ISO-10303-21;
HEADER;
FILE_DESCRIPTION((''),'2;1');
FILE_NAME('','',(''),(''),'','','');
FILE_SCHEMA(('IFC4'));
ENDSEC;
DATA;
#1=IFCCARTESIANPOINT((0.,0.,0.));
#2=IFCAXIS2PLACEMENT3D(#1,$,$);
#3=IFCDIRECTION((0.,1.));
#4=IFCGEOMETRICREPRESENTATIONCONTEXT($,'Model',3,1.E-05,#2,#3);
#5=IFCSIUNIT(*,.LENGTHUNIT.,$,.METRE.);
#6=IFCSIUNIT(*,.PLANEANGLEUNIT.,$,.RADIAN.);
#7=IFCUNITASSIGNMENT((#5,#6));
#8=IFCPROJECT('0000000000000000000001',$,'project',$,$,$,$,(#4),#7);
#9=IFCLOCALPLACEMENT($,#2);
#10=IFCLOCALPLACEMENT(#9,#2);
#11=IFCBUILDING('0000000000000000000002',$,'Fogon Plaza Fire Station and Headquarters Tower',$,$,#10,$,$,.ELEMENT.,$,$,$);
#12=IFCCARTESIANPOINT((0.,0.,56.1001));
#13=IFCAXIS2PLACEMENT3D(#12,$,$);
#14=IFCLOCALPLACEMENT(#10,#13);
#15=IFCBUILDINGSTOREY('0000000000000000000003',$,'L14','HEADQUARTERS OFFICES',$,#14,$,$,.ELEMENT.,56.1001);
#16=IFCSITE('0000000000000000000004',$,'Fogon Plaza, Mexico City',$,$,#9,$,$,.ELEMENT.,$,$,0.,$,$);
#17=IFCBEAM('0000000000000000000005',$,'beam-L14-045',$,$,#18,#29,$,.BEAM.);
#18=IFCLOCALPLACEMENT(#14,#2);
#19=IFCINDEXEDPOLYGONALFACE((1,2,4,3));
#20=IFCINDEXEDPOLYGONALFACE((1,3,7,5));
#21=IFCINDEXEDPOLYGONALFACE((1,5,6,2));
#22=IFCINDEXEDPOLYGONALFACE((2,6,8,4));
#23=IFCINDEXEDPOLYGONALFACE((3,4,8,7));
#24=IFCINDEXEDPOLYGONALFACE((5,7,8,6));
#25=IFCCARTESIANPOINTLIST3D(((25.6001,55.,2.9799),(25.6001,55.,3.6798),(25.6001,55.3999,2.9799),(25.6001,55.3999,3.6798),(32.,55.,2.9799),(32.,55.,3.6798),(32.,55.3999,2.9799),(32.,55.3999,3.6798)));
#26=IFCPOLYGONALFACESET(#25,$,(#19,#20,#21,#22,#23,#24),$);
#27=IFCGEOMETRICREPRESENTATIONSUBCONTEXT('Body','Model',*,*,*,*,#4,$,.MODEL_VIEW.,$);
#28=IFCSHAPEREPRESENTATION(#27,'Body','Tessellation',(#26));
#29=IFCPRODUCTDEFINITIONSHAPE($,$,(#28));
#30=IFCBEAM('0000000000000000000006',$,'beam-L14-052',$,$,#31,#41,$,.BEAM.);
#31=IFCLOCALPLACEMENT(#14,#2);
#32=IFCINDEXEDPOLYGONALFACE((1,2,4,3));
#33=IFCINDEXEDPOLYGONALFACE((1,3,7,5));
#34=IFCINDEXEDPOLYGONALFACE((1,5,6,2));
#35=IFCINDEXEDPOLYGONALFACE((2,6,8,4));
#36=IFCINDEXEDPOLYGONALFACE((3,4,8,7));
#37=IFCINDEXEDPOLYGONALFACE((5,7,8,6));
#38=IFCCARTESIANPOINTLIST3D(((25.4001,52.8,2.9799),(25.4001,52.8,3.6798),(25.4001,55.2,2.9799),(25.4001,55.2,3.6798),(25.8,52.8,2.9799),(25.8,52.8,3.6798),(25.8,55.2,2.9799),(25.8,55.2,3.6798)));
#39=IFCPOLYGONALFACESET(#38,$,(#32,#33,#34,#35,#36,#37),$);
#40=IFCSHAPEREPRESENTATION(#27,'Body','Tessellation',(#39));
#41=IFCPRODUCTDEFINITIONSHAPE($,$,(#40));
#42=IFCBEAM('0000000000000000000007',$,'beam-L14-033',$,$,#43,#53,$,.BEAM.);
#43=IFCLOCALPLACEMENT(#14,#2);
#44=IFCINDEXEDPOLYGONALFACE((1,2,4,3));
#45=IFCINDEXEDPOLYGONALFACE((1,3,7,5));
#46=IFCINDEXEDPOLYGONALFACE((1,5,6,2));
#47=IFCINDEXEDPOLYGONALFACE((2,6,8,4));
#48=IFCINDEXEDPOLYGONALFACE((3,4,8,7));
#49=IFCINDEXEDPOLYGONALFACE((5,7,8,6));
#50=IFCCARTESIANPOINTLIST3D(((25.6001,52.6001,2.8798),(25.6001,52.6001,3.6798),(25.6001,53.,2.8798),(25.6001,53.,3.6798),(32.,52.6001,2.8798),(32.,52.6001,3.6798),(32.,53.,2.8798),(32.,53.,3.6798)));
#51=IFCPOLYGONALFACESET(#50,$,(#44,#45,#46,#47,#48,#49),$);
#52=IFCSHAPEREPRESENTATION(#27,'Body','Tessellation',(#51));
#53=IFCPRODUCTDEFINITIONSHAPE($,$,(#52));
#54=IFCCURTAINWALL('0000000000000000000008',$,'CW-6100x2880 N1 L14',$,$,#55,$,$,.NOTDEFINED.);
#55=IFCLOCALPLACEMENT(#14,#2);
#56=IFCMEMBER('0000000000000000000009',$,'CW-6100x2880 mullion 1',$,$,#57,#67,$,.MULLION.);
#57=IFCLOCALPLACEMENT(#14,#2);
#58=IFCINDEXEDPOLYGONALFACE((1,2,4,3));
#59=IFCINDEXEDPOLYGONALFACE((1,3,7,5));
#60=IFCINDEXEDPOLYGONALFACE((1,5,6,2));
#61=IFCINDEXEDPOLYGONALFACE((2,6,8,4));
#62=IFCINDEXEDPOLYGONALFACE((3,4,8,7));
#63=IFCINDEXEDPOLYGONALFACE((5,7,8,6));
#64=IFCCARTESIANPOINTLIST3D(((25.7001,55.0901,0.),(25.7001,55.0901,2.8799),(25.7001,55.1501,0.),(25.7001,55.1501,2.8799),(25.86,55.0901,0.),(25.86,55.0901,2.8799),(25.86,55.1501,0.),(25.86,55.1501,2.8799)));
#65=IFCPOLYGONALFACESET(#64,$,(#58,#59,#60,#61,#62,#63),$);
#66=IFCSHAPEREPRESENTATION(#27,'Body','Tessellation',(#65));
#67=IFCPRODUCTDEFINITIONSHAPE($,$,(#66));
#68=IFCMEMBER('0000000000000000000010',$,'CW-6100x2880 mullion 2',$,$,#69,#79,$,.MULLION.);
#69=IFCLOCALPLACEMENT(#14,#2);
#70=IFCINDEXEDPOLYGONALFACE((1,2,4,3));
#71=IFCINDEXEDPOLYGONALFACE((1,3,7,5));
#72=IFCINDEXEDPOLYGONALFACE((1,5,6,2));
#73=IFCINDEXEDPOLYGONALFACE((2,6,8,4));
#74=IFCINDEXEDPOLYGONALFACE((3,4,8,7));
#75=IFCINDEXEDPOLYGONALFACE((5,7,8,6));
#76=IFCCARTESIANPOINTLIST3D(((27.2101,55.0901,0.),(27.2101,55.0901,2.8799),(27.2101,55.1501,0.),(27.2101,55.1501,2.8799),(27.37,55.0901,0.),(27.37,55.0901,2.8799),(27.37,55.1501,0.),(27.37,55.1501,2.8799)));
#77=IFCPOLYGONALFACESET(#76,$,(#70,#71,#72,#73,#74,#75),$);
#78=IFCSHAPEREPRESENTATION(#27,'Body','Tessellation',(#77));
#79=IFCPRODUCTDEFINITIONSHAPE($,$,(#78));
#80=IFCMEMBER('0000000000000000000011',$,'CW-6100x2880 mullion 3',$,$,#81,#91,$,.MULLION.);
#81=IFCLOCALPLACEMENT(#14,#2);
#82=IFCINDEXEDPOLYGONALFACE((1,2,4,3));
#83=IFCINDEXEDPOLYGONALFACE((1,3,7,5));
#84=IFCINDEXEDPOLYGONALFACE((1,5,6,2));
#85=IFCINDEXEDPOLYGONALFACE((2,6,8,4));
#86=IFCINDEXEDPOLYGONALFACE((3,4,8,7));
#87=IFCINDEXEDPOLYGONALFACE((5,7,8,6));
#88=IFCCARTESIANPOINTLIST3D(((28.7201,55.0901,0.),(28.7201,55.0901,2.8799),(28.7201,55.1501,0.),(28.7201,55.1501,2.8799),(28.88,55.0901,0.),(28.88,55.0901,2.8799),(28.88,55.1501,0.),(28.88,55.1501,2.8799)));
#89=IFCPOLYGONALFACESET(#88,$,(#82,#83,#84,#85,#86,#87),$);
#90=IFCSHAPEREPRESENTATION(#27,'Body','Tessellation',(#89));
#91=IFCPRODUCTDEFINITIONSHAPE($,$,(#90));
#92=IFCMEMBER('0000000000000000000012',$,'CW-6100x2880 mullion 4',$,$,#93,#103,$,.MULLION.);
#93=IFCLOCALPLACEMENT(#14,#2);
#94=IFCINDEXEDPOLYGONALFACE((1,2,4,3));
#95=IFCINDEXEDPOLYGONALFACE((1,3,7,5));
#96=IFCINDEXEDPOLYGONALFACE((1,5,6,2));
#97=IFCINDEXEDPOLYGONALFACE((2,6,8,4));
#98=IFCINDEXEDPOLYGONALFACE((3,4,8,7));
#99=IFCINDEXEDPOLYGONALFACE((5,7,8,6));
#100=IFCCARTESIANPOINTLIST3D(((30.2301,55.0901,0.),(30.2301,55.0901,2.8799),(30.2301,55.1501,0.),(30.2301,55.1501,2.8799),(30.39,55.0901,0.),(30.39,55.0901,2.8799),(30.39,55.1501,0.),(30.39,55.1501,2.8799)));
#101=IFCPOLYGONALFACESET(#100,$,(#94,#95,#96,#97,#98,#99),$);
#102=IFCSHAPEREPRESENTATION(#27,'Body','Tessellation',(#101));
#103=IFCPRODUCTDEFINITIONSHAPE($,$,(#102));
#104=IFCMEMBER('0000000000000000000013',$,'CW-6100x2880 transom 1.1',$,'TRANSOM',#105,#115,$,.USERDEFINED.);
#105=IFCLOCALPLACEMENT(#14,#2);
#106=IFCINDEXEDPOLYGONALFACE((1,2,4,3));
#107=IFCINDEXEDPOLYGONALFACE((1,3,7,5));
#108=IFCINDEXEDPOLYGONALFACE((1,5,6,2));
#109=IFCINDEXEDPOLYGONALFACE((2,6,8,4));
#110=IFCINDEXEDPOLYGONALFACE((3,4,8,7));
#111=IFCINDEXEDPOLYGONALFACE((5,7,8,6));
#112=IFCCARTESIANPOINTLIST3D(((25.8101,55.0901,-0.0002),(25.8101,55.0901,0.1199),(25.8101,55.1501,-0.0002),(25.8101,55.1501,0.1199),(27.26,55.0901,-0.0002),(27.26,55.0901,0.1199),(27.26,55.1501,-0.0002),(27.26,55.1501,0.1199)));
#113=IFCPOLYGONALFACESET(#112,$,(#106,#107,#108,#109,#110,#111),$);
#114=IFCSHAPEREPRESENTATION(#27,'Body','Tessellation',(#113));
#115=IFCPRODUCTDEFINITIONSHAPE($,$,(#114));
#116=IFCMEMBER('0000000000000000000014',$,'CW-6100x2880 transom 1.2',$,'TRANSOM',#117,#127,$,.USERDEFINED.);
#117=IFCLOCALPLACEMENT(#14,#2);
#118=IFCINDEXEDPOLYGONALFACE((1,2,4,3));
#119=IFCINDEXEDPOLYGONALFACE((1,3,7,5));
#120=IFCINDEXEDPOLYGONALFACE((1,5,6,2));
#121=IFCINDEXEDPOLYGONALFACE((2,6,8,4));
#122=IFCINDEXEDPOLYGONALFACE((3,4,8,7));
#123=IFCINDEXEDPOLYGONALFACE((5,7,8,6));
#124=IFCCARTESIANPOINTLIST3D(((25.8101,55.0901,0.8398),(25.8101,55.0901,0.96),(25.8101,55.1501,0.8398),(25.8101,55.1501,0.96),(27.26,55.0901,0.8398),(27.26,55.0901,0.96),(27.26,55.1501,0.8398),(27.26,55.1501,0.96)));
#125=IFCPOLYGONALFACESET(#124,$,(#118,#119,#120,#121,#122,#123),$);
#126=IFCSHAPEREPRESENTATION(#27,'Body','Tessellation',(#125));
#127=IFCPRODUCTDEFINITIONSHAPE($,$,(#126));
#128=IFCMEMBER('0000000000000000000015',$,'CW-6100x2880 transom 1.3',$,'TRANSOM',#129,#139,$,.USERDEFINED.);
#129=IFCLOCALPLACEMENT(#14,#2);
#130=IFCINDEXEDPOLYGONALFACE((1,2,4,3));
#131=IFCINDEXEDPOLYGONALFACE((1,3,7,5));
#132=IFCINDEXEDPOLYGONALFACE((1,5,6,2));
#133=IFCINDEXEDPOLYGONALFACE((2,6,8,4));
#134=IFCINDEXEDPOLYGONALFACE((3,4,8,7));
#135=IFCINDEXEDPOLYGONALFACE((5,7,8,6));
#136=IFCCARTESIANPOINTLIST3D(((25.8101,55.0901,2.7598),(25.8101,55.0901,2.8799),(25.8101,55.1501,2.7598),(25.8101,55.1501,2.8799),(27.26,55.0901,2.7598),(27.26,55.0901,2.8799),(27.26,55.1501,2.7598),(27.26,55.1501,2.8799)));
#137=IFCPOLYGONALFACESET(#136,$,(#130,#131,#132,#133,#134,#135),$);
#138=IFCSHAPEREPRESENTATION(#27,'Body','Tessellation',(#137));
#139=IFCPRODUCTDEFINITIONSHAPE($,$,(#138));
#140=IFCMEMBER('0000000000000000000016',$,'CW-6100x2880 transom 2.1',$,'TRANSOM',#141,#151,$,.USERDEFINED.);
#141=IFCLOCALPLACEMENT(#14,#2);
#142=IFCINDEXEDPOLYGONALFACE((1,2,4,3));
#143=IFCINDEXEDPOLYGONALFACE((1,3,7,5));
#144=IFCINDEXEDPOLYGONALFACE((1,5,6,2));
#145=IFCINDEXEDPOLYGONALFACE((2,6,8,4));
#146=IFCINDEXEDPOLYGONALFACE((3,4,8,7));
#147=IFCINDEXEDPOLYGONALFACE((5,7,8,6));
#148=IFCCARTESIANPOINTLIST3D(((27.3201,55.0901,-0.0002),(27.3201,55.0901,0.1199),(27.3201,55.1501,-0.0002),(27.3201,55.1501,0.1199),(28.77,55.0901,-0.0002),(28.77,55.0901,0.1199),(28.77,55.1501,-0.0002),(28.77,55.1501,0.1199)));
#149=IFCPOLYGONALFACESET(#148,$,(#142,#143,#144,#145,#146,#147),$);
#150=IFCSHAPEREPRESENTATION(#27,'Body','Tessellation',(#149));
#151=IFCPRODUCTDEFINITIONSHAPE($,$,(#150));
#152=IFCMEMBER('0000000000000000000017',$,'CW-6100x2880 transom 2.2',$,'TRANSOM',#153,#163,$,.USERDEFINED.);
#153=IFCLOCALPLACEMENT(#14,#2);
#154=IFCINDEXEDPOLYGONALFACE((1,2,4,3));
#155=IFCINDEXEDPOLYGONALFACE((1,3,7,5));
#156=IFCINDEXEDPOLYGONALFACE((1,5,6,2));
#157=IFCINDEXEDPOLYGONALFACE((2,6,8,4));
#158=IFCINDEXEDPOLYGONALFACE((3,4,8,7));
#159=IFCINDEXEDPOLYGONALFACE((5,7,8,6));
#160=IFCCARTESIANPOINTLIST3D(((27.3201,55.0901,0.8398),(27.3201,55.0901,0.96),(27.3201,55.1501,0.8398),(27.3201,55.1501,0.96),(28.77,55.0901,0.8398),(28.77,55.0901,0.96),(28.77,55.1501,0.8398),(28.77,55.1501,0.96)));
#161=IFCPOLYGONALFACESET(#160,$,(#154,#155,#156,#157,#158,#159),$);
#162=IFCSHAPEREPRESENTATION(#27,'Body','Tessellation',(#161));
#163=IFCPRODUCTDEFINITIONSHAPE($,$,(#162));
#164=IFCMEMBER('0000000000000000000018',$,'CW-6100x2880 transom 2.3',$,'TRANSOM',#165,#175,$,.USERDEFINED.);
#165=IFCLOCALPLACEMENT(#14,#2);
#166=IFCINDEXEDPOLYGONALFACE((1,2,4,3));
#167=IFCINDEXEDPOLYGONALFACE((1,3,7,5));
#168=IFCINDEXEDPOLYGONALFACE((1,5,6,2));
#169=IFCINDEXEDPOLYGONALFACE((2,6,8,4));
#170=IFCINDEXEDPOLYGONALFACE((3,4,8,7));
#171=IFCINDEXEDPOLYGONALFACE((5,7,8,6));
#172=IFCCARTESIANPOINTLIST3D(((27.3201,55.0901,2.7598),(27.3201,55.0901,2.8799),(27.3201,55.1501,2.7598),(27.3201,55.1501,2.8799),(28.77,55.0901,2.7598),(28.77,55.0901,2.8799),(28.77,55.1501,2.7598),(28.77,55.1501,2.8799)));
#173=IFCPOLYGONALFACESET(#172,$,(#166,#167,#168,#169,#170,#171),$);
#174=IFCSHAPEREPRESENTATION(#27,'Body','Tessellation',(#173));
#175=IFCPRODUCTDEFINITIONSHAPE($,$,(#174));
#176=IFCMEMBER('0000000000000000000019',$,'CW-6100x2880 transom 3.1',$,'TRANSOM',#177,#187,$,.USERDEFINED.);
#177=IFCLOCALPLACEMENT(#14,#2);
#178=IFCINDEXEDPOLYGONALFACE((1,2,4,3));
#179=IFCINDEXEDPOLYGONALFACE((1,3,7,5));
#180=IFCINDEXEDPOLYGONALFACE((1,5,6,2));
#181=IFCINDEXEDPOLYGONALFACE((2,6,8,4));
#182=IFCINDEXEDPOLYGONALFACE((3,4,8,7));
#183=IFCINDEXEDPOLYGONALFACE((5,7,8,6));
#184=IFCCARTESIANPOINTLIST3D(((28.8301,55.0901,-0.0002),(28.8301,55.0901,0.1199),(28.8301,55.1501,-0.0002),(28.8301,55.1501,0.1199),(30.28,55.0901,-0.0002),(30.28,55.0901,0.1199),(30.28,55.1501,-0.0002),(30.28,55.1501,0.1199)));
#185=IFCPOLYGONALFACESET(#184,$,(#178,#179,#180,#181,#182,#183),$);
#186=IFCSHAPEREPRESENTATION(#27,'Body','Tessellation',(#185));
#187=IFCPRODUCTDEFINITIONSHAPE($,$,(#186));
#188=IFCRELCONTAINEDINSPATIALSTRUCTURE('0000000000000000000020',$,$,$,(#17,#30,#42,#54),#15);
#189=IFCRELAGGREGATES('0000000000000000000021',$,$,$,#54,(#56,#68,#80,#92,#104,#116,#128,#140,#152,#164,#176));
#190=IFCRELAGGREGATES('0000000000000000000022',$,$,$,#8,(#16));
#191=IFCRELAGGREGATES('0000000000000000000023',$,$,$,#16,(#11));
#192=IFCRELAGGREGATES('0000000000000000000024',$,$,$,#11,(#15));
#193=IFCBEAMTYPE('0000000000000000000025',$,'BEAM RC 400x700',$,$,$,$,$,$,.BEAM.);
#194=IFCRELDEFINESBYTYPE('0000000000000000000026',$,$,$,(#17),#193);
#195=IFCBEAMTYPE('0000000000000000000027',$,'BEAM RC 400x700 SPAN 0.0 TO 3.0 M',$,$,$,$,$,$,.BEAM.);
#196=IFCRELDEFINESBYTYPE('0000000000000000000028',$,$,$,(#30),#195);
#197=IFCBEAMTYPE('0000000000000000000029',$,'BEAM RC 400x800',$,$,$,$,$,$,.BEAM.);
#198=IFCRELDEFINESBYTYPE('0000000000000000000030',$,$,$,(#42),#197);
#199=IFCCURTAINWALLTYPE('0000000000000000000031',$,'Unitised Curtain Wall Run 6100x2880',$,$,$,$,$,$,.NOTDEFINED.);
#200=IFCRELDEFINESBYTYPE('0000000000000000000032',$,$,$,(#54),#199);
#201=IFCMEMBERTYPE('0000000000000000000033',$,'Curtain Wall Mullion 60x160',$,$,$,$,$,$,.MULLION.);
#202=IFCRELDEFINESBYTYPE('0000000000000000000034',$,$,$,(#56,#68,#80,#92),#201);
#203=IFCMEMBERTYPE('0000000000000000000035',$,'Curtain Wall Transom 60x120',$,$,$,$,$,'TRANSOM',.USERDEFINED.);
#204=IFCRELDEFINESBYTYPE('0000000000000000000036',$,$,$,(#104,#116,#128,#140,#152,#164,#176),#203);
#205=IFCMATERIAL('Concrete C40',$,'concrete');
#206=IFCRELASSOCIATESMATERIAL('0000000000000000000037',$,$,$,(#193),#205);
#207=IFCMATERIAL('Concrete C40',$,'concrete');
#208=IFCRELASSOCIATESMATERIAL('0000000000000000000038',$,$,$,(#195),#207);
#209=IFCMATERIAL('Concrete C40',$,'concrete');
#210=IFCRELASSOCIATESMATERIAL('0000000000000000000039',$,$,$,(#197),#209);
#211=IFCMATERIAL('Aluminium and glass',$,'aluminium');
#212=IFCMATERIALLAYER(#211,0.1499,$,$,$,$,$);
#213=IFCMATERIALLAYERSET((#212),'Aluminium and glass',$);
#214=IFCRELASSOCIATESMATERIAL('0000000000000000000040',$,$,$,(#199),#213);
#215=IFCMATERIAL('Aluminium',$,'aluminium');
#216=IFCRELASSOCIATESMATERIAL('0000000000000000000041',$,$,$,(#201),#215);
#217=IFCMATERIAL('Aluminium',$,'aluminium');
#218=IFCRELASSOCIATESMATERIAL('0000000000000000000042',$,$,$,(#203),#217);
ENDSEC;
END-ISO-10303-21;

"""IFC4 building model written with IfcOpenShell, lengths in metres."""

from ifc_helpers import new_model, si_unit, direction, frame, origin, origin_2d, place, context, subcontext, project, spatial, rectangle, extrude, material, layer, layer_set, material_profile, profile_set, type_object, element, aggregate, save


model = new_model("IFC4")

# Units and contexts
model_context = context("Model", 3, precision=1e-05, world=origin(), true_north=direction((0.0, 1.0)))
body_context = subcontext(model_context, "Body", "Model", "MODEL_VIEW")
ifc_project = project(units=[si_unit("LENGTHUNIT", "METRE"), si_unit("PLANEANGLEUNIT", "RADIAN")], contexts=[model_context])

# Site, building, storey
site_placement = place(None, origin())
site = spatial("IfcSite", under=ifc_project, at=site_placement, Name="Fogon Plaza, Mexico City", CompositionType="ELEMENT", RefElevation=0.0)
building_placement = place(site_placement, origin())
building = spatial("IfcBuilding", under=site, at=building_placement, Name="Fogon Plaza Fire Station and Headquarters Tower", CompositionType="ELEMENT")
storey_placement = place(building_placement, frame((0.0, 0.0, 56.1001)))
storey = spatial("IfcBuildingStorey", under=building, at=storey_placement, Name="L14", Description="HEADQUARTERS OFFICES", CompositionType="ELEMENT", Elevation=56.1001)

# Beams
ifc_material_1 = material(Name="Concrete C40", Category="concrete")
ifc_material_profile_1 = material_profile(ifc_material_1, rectangle(XDim=0.3999, YDim=0.7, at=origin_2d()), Name="RC 400x700")
ifc_profile_set_1 = profile_set([ifc_material_profile_1], Name="Concrete C40")
beam_type_1 = type_object("IfcBeamType", Name="BEAM RC 400x700", PredefinedType="BEAM", material=ifc_profile_set_1)
beam_1_placement = place(storey_placement, frame((25.6001, 55.2, 3.3298), z_axis=(1.0, 0.0, 0.0), x_axis=(0.0, 1.0, 0.0)))
element("IfcBeam", 1, at=beam_1_placement, inside=storey, type_object=beam_type_1, Name="beam-L14-045", PredefinedType="BEAM", context=body_context, shape_type="SweptSolid", body=[
    extrude(rectangle(XDim=0.3999, YDim=0.7, at=origin_2d()), origin(), (0.0, 0.0, 1.0), 6.3999),
])
ifc_material_2 = material(Name="Concrete C40", Category="concrete")
ifc_material_profile_2 = material_profile(ifc_material_2, rectangle(XDim=0.3999, YDim=0.7, at=origin_2d()), Name="RC 400x700")
ifc_profile_set_2 = profile_set([ifc_material_profile_2], Name="Concrete C40")
beam_type_2 = type_object("IfcBeamType", Name="BEAM RC 400x700 SPAN 0.0 TO 3.0 M", PredefinedType="BEAM", material=ifc_profile_set_2)
beam_2_placement = place(storey_placement, frame((25.6001, 52.8, 3.3298), z_axis=(0.0, 1.0, 0.0), x_axis=(-1.0, 0.0, 0.0)))
element("IfcBeam", 2, at=beam_2_placement, inside=storey, type_object=beam_type_2, Name="beam-L14-052", PredefinedType="BEAM", context=body_context, shape_type="SweptSolid", body=[
    extrude(rectangle(XDim=0.3999, YDim=0.7, at=origin_2d()), origin(), (0.0, 0.0, 1.0), 2.3999),
])
ifc_material_3 = material(Name="Concrete C40", Category="concrete")
ifc_material_profile_3 = material_profile(ifc_material_3, rectangle(XDim=0.3999, YDim=0.8, at=origin_2d()), Name="RC 400x800")
ifc_profile_set_3 = profile_set([ifc_material_profile_3], Name="Concrete C40")
beam_type_3 = type_object("IfcBeamType", Name="BEAM RC 400x800", PredefinedType="BEAM", material=ifc_profile_set_3)
beam_3_placement = place(storey_placement, frame((25.6001, 52.8, 3.2798), z_axis=(1.0, 0.0, 0.0), x_axis=(0.0, 1.0, 0.0)))
element("IfcBeam", 3, at=beam_3_placement, inside=storey, type_object=beam_type_3, Name="beam-L14-033", PredefinedType="BEAM", context=body_context, shape_type="SweptSolid", body=[
    extrude(rectangle(XDim=0.3999, YDim=0.8, at=origin_2d()), origin(), (0.0, 0.0, 1.0), 6.3999),
])

# Curtain wall, members
ifc_material_4 = material(Name="Aluminium and glass", Category="aluminium")
ifc_layer_1 = layer(ifc_material_4, 0.1499)
ifc_layer_set_1 = layer_set([ifc_layer_1], Name="Aluminium and glass")
curtain_wall_type = type_object("IfcCurtainWallType", Name="Unitised Curtain Wall Run 6100x2880", PredefinedType="NOTDEFINED", material=ifc_layer_set_1)
curtain_wall_placement = place(storey_placement, origin())
curtain_wall = element("IfcCurtainWall", 4, at=curtain_wall_placement, inside=storey, type_object=curtain_wall_type, Name="CW-6100x2880 N1 L14", PredefinedType="NOTDEFINED")
ifc_material_5 = material(Name="Aluminium", Category="aluminium")
ifc_material_profile_4 = material_profile(ifc_material_5, rectangle(XDim=0.0601, YDim=0.1599, at=origin_2d()), Name="Curtain Wall Mullion 60x160")
ifc_profile_set_4 = profile_set([ifc_material_profile_4], Name="Aluminium")
member_type_1 = type_object("IfcMemberType", Name="Curtain Wall Mullion 60x160", PredefinedType="MULLION", material=ifc_profile_set_4)
member_1_placement = place(storey_placement, frame((25.78, 55.1201, 0.0), z_axis=(0.0, 0.0, 1.0), x_axis=(0.0, 1.0, 0.0)))
member_1 = element("IfcMember", 5, at=member_1_placement, type_object=member_type_1, Name="CW-6100x2880 mullion 1", PredefinedType="MULLION", context=body_context, shape_type="SweptSolid", body=[
    extrude(rectangle(XDim=0.0601, YDim=0.1599, at=origin_2d()), origin(), (0.0, 0.0, 1.0), 2.8799),
])
member_2_placement = place(storey_placement, frame((27.29, 55.1201, 0.0), z_axis=(0.0, 0.0, 1.0), x_axis=(0.0, 1.0, 0.0)))
member_2 = element("IfcMember", 6, at=member_2_placement, type_object=member_type_1, Name="CW-6100x2880 mullion 2", PredefinedType="MULLION", context=body_context, shape_type="SweptSolid", body=[
    extrude(rectangle(XDim=0.0601, YDim=0.1599, at=origin_2d()), origin(), (0.0, 0.0, 1.0), 2.8799),
])
member_3_placement = place(storey_placement, frame((28.8, 55.1201, 0.0), z_axis=(0.0, 0.0, 1.0), x_axis=(0.0, 1.0, 0.0)))
member_3 = element("IfcMember", 7, at=member_3_placement, type_object=member_type_1, Name="CW-6100x2880 mullion 3", PredefinedType="MULLION", context=body_context, shape_type="SweptSolid", body=[
    extrude(rectangle(XDim=0.0601, YDim=0.1599, at=origin_2d()), origin(), (0.0, 0.0, 1.0), 2.8799),
])
member_4_placement = place(storey_placement, frame((30.3101, 55.1201, 0.0), z_axis=(0.0, 0.0, 1.0), x_axis=(0.0, 1.0, 0.0)))
member_4 = element("IfcMember", 8, at=member_4_placement, type_object=member_type_1, Name="CW-6100x2880 mullion 4", PredefinedType="MULLION", context=body_context, shape_type="SweptSolid", body=[
    extrude(rectangle(XDim=0.0601, YDim=0.1599, at=origin_2d()), origin(), (0.0, 0.0, 1.0), 2.8799),
])
ifc_material_6 = material(Name="Aluminium", Category="aluminium")
ifc_material_profile_5 = material_profile(ifc_material_6, rectangle(XDim=0.0601, YDim=0.1201, at=origin_2d()), Name="Curtain Wall Transom 60x120")
ifc_profile_set_5 = profile_set([ifc_material_profile_5], Name="Aluminium")
member_type_2 = type_object("IfcMemberType", Name="Curtain Wall Transom 60x120", ElementType="TRANSOM", PredefinedType="USERDEFINED", material=ifc_profile_set_5)
member_5_placement = place(storey_placement, frame((25.8101, 55.1201, 0.0598), z_axis=(1.0, 0.0, 0.0), x_axis=(0.0, 1.0, 0.0)))
member_5 = element("IfcMember", 9, at=member_5_placement, type_object=member_type_2, Name="CW-6100x2880 transom 1.1", ObjectType="TRANSOM", PredefinedType="USERDEFINED", context=body_context, shape_type="SweptSolid", body=[
    extrude(rectangle(XDim=0.0601, YDim=0.1201, at=origin_2d()), origin(), (0.0, 0.0, 1.0), 1.45),
])
member_6_placement = place(storey_placement, frame((25.8101, 55.1201, 0.8999), z_axis=(1.0, 0.0, 0.0), x_axis=(0.0, 1.0, 0.0)))
member_6 = element("IfcMember", 10, at=member_6_placement, type_object=member_type_2, Name="CW-6100x2880 transom 1.2", ObjectType="TRANSOM", PredefinedType="USERDEFINED", context=body_context, shape_type="SweptSolid", body=[
    extrude(rectangle(XDim=0.0601, YDim=0.1201, at=origin_2d()), origin(), (0.0, 0.0, 1.0), 1.45),
])
member_7_placement = place(storey_placement, frame((25.8101, 55.1201, 2.8198), z_axis=(1.0, 0.0, 0.0), x_axis=(0.0, 1.0, 0.0)))
member_7 = element("IfcMember", 11, at=member_7_placement, type_object=member_type_2, Name="CW-6100x2880 transom 1.3", ObjectType="TRANSOM", PredefinedType="USERDEFINED", context=body_context, shape_type="SweptSolid", body=[
    extrude(rectangle(XDim=0.0601, YDim=0.1201, at=origin_2d()), origin(), (0.0, 0.0, 1.0), 1.45),
])
member_8_placement = place(storey_placement, frame((27.3201, 55.1201, 0.0598), z_axis=(1.0, 0.0, 0.0), x_axis=(0.0, 1.0, 0.0)))
member_8 = element("IfcMember", 12, at=member_8_placement, type_object=member_type_2, Name="CW-6100x2880 transom 2.1", ObjectType="TRANSOM", PredefinedType="USERDEFINED", context=body_context, shape_type="SweptSolid", body=[
    extrude(rectangle(XDim=0.0601, YDim=0.1201, at=origin_2d()), origin(), (0.0, 0.0, 1.0), 1.45),
])
member_9_placement = place(storey_placement, frame((27.3201, 55.1201, 0.8999), z_axis=(1.0, 0.0, 0.0), x_axis=(0.0, 1.0, 0.0)))
member_9 = element("IfcMember", 13, at=member_9_placement, type_object=member_type_2, Name="CW-6100x2880 transom 2.2", ObjectType="TRANSOM", PredefinedType="USERDEFINED", context=body_context, shape_type="SweptSolid", body=[
    extrude(rectangle(XDim=0.0601, YDim=0.1201, at=origin_2d()), origin(), (0.0, 0.0, 1.0), 1.45),
])
member_10_placement = place(storey_placement, frame((27.3201, 55.1201, 2.8198), z_axis=(1.0, 0.0, 0.0), x_axis=(0.0, 1.0, 0.0)))
member_10 = element("IfcMember", 14, at=member_10_placement, type_object=member_type_2, Name="CW-6100x2880 transom 2.3", ObjectType="TRANSOM", PredefinedType="USERDEFINED", context=body_context, shape_type="SweptSolid", body=[
    extrude(rectangle(XDim=0.0601, YDim=0.1201, at=origin_2d()), origin(), (0.0, 0.0, 1.0), 1.45),
])
member_11_placement = place(storey_placement, frame((28.8301, 55.1201, 0.0598), z_axis=(1.0, 0.0, 0.0), x_axis=(0.0, 1.0, 0.0)))
member_11 = element("IfcMember", 15, at=member_11_placement, type_object=member_type_2, Name="CW-6100x2880 transom 3.1", ObjectType="TRANSOM", PredefinedType="USERDEFINED", context=body_context, shape_type="SweptSolid", body=[
    extrude(rectangle(XDim=0.0601, YDim=0.1201, at=origin_2d()), origin(), (0.0, 0.0, 1.0), 1.45),
])

aggregate(curtain_wall, [member_1, member_2, member_3, member_4, member_5, member_6, member_7, member_8, member_9, member_10, member_11])

save(model, "model.ifc")
